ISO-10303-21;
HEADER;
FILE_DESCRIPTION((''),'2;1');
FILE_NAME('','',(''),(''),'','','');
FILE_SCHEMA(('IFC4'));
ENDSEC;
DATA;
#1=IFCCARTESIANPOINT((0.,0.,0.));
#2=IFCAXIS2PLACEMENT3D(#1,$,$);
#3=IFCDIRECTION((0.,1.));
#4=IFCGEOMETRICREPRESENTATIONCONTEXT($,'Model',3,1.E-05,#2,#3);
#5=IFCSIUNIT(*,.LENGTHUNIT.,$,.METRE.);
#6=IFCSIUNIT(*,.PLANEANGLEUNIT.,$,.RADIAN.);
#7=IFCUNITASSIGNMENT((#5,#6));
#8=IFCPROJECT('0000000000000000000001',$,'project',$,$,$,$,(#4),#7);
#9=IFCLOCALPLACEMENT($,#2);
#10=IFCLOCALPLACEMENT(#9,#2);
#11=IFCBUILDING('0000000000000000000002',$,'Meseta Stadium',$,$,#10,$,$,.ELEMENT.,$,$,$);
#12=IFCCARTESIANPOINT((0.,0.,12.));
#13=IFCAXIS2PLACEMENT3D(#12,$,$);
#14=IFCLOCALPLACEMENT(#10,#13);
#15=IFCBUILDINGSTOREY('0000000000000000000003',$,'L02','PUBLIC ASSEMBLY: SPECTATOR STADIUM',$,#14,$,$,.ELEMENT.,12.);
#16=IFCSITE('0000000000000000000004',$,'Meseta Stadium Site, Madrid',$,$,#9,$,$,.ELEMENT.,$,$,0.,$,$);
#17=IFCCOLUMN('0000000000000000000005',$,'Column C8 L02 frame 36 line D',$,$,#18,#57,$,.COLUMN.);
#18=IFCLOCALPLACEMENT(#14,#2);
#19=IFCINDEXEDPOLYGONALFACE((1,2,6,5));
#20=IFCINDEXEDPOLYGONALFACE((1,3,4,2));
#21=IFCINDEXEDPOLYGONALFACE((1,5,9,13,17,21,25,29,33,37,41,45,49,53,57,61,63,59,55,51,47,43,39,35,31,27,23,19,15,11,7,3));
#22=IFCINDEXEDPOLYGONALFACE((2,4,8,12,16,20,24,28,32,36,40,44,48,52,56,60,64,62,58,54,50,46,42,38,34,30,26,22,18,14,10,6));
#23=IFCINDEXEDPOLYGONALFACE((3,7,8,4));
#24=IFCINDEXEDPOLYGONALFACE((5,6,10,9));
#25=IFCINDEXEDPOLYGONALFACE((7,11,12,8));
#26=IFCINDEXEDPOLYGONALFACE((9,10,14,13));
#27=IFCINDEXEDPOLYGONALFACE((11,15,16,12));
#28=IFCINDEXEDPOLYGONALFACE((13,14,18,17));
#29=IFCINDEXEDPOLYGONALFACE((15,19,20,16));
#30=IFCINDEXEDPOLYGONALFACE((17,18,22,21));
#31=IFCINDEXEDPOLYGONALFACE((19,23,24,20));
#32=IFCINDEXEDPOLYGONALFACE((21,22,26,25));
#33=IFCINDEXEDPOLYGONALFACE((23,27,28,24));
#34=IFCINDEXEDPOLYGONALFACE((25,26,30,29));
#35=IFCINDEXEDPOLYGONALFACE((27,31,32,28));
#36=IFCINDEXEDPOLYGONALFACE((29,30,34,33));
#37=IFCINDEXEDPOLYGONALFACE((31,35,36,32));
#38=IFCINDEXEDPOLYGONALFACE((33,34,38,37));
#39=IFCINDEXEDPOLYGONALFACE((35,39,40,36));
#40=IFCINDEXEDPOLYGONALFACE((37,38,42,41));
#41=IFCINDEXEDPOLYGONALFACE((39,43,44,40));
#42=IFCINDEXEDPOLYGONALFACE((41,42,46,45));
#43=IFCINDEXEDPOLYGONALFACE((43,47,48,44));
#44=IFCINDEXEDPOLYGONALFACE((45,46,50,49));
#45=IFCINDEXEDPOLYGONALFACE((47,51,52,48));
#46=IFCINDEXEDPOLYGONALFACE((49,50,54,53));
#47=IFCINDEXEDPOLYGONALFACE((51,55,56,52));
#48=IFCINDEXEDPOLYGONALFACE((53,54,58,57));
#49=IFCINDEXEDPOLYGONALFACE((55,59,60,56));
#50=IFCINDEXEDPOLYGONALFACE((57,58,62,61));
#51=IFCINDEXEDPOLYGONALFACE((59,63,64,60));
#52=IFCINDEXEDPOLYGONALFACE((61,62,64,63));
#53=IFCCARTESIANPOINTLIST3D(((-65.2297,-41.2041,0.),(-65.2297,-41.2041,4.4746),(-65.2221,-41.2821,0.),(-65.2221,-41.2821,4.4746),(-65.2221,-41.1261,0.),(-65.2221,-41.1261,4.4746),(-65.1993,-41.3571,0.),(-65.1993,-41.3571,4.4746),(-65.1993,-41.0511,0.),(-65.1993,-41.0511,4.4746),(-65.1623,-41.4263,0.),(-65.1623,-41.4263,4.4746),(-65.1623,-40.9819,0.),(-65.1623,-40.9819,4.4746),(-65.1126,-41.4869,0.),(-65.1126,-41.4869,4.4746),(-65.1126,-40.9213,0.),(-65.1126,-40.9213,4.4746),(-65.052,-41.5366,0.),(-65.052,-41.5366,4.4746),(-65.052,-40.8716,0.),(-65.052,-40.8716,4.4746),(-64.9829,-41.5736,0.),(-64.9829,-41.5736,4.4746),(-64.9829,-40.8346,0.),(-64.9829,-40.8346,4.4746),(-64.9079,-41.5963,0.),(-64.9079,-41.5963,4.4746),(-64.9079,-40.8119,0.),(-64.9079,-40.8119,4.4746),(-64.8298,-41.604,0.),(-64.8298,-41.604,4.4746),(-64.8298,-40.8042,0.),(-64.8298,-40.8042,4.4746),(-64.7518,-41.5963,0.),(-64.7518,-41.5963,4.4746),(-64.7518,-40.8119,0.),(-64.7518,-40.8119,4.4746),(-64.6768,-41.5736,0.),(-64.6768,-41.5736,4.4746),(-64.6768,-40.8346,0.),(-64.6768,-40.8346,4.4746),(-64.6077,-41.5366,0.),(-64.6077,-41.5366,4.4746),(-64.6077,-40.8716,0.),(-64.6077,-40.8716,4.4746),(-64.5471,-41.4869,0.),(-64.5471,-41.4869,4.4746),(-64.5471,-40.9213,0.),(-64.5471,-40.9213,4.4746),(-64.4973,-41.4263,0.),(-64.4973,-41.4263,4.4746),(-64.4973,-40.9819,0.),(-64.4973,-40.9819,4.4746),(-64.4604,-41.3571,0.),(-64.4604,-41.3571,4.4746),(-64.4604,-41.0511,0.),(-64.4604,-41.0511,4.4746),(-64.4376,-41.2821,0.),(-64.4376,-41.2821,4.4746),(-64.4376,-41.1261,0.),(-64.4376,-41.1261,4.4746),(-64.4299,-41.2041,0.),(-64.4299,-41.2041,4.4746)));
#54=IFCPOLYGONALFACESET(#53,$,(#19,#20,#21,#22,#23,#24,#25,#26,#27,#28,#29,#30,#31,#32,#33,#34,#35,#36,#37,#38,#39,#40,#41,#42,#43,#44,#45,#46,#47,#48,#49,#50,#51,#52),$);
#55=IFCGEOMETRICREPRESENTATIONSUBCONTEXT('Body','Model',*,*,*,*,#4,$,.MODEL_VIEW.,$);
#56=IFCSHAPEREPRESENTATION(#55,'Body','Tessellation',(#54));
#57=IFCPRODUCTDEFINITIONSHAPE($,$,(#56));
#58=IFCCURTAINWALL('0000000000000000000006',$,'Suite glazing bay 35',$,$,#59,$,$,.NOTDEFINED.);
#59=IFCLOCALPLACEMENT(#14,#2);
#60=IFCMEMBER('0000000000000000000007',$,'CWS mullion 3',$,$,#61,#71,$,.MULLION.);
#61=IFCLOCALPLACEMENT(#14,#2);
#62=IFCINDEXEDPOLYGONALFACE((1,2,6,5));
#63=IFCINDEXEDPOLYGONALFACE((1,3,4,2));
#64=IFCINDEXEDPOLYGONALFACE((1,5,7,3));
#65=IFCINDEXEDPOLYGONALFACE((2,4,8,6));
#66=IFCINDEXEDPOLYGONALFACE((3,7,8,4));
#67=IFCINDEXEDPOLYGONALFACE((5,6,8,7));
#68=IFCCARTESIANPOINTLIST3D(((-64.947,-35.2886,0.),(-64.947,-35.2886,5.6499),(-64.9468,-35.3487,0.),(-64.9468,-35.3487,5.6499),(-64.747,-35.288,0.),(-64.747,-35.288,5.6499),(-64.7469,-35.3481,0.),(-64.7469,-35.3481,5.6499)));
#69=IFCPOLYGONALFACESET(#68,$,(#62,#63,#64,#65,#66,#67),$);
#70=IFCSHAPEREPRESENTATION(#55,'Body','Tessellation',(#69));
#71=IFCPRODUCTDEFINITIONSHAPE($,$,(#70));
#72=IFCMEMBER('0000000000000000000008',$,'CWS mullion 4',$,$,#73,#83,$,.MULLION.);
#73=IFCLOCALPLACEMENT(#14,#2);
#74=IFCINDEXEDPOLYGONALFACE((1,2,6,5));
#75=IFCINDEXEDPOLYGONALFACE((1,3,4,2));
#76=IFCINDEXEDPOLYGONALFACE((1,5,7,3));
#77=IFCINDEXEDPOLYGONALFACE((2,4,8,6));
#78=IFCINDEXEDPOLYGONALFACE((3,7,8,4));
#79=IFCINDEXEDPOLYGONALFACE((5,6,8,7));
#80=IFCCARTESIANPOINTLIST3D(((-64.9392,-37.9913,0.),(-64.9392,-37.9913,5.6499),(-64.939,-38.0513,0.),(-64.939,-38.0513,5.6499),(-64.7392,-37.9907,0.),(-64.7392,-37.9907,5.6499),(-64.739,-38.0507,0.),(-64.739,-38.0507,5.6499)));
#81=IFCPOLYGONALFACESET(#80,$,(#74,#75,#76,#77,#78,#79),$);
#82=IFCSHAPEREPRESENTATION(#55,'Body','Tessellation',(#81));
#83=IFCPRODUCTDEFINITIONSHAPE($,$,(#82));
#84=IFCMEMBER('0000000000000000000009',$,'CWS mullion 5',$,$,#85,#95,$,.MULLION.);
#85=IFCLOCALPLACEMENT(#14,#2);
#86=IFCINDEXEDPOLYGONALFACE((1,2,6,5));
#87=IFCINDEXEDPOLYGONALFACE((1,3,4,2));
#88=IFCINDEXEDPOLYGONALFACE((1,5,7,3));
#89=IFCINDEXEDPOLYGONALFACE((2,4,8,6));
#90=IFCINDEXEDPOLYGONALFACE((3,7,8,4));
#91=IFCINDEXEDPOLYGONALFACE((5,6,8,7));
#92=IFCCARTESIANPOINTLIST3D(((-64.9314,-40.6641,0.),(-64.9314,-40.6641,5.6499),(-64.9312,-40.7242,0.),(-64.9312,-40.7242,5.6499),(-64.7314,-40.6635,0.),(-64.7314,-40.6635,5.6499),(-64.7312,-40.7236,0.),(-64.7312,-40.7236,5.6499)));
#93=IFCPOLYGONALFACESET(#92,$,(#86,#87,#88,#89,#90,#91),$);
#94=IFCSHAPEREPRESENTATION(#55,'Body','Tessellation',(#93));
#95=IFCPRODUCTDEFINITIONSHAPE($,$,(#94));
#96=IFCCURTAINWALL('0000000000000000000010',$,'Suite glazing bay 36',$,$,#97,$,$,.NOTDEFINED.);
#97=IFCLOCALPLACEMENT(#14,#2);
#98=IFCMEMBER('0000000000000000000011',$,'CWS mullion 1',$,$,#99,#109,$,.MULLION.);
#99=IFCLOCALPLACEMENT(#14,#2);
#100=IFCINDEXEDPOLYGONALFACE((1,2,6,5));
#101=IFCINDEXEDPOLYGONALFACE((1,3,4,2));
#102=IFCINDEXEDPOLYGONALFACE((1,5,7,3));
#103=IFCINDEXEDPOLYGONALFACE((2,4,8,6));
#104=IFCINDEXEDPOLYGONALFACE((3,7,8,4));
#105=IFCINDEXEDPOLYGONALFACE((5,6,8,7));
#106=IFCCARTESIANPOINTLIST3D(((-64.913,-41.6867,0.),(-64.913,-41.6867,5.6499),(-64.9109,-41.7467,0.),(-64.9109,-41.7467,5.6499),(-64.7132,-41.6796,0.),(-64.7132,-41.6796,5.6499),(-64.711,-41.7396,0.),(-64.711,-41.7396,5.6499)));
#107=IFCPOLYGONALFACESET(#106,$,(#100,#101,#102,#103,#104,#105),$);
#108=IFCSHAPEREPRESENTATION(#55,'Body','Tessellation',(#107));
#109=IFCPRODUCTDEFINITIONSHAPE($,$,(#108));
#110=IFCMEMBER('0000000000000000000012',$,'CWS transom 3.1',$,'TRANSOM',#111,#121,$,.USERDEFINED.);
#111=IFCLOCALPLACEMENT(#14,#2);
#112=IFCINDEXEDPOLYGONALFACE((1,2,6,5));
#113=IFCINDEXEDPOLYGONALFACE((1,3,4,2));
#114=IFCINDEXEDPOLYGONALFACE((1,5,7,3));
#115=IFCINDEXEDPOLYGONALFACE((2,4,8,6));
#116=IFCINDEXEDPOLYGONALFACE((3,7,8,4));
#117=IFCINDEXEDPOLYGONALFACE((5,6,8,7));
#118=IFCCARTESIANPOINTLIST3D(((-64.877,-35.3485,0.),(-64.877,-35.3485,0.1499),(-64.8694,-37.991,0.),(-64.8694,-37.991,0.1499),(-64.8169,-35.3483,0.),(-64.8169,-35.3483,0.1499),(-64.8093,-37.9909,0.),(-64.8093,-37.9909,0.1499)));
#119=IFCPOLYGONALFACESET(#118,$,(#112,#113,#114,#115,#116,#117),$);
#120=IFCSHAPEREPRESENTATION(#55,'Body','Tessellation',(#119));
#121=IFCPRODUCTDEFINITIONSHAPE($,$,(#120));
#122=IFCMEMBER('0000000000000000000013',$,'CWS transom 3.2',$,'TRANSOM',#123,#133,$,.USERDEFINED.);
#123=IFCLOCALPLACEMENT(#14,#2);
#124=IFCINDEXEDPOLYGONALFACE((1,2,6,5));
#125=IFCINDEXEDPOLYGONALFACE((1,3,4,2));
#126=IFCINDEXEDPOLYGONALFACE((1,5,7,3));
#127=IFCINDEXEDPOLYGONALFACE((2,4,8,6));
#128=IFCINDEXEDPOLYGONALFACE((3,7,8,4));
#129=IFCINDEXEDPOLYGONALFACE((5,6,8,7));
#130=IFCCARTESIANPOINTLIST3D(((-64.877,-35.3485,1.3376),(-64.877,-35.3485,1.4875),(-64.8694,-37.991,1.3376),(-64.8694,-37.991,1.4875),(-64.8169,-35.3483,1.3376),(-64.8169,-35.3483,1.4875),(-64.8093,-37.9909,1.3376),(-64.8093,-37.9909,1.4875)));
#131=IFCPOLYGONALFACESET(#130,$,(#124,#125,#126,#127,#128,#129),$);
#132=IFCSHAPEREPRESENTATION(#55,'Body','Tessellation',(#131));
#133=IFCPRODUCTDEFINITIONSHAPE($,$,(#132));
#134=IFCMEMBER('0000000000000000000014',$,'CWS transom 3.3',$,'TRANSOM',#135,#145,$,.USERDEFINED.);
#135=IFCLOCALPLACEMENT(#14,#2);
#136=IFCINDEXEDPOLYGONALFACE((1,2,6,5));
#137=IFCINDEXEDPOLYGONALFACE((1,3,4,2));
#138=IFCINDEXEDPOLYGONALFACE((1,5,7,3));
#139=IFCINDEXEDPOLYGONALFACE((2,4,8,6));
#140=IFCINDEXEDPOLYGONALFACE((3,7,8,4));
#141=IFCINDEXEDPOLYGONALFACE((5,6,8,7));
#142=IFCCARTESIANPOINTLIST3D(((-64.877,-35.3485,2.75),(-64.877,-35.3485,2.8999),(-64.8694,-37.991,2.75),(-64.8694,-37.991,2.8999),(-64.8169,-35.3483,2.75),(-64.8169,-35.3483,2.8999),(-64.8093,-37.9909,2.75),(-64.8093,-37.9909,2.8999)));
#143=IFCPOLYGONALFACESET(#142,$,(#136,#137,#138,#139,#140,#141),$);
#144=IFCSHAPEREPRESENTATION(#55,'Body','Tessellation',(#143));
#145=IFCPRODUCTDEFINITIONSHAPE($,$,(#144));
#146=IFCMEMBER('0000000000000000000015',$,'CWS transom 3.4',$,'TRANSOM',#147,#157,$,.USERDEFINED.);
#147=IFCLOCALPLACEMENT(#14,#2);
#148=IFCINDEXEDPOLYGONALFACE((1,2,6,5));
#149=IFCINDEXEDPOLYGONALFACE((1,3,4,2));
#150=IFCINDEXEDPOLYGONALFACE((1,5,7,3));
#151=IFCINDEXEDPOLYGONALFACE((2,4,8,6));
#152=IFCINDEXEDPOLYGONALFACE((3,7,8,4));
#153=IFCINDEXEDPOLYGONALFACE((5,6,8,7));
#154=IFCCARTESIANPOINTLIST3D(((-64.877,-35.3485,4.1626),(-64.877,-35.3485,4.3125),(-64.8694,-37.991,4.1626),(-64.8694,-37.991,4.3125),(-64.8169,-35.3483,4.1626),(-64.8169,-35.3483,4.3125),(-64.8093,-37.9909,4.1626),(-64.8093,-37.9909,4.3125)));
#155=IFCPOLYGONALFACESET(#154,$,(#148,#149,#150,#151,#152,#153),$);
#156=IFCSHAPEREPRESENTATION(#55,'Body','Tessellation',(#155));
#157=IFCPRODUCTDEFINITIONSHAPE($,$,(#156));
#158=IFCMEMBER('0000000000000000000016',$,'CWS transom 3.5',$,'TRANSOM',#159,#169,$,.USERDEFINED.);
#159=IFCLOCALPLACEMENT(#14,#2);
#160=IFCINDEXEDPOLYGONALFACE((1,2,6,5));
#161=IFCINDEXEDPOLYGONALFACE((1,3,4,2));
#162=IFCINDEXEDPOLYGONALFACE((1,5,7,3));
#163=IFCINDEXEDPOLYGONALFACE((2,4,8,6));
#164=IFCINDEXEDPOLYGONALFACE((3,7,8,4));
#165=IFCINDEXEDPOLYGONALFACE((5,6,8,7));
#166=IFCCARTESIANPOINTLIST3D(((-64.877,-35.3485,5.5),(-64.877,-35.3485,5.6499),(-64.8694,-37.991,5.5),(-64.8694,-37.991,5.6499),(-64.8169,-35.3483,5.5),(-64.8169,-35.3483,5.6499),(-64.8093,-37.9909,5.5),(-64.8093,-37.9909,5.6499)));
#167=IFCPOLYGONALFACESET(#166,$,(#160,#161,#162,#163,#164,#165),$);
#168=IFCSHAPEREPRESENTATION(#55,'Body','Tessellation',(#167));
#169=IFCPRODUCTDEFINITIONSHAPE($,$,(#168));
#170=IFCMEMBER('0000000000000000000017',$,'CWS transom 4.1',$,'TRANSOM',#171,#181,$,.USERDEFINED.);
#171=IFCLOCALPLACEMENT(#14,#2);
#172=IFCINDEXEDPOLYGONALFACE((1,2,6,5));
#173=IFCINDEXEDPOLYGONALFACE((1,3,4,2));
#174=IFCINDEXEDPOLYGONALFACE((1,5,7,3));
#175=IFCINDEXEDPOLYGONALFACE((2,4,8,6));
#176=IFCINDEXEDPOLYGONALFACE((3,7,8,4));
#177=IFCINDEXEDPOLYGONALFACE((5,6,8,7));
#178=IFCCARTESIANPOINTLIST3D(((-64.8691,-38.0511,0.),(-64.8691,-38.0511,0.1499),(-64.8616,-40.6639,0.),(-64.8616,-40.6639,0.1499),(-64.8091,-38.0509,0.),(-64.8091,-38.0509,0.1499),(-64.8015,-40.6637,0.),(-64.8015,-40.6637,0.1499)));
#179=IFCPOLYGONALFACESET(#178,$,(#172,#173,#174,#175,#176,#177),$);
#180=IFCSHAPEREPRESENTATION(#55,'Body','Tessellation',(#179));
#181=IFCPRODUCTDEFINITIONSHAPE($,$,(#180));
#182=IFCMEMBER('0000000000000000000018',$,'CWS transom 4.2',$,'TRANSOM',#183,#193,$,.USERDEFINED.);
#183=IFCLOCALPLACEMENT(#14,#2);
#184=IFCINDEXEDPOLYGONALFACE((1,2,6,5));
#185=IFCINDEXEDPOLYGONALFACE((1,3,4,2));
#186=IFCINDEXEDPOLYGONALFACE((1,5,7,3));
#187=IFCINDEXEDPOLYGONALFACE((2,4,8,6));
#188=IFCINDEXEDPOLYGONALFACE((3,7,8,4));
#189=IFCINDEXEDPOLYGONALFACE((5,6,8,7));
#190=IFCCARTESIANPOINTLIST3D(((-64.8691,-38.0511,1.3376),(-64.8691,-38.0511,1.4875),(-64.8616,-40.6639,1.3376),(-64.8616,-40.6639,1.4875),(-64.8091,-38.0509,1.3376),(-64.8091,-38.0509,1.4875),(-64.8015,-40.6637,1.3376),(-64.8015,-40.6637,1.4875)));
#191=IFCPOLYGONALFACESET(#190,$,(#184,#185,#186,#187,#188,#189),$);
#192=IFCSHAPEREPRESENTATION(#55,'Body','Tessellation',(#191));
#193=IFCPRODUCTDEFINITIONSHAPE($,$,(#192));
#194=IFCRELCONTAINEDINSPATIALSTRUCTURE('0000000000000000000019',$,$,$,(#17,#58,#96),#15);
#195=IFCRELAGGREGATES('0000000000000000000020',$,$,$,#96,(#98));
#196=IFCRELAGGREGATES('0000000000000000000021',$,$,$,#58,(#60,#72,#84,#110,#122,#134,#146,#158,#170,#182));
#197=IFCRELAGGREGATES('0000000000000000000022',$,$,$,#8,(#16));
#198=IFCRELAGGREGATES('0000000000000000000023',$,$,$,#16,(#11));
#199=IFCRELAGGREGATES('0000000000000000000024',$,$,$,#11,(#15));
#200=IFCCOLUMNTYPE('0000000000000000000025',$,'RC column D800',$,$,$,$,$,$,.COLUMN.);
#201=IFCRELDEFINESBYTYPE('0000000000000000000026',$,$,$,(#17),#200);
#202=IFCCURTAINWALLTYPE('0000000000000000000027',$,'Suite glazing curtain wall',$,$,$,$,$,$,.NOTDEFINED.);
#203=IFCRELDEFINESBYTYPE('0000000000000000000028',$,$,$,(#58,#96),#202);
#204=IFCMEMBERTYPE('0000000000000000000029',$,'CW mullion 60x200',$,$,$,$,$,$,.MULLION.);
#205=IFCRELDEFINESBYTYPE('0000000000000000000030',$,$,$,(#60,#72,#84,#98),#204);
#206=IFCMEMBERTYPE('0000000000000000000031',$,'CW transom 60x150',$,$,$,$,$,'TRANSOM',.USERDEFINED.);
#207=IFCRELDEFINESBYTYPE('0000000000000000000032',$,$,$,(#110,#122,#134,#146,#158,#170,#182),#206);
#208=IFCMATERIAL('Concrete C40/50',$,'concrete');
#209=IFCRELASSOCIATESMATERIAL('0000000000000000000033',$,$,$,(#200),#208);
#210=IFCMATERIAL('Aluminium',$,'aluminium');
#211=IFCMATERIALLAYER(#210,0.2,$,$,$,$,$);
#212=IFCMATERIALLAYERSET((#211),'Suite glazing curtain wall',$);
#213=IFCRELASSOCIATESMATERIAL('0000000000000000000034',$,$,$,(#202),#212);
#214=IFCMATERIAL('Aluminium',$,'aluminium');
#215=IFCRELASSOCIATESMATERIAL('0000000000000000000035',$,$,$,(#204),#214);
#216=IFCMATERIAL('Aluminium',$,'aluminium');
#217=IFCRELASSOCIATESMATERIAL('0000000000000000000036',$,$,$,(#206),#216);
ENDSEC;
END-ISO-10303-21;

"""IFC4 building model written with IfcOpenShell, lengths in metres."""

from ifc_helpers import new_model, si_unit, direction, frame, origin, origin_2d, place, context, subcontext, project, spatial, rectangle, circle, extrude, material, layer, layer_set, material_profile, profile_set, type_object, element, aggregate, save


model = new_model("IFC4")

# Units and contexts
model_context = context("Model", 3, precision=1e-05, world=origin(), true_north=direction((0.0, 1.0)))
body_context = subcontext(model_context, "Body", "Model", "MODEL_VIEW")
ifc_project = project(units=[si_unit("LENGTHUNIT", "METRE"), si_unit("PLANEANGLEUNIT", "RADIAN")], contexts=[model_context])

# Site, building, storey
site_placement = place(None, origin())
site = spatial("IfcSite", under=ifc_project, at=site_placement, Name="Meseta Stadium Site, Madrid", CompositionType="ELEMENT", RefElevation=0.0)
building_placement = place(site_placement, origin())
building = spatial("IfcBuilding", under=site, at=building_placement, Name="Meseta Stadium", CompositionType="ELEMENT")
storey_placement = place(building_placement, frame((0.0, 0.0, 12.0)))
storey = spatial("IfcBuildingStorey", under=building, at=storey_placement, Name="L02", Description="PUBLIC ASSEMBLY: SPECTATOR STADIUM", CompositionType="ELEMENT", Elevation=12.0)

# Column
ifc_material_1 = material(Name="Concrete C40/50", Category="concrete")
ifc_material_profile_1 = material_profile(ifc_material_1, circle(Radius=0.3999, at=origin_2d()), Name="RC D800")
ifc_profile_set_1 = profile_set([ifc_material_profile_1], Name="Concrete C40/50")
column_type = type_object("IfcColumnType", Name="RC column D800", PredefinedType="COLUMN", material=ifc_profile_set_1)
column_placement = place(storey_placement, frame((-64.8298, -41.2041, 0.0), z_axis=(0.0, 0.0, 1.0), x_axis=(1.0, 0.0, 0.0)))
element("IfcColumn", 1, at=column_placement, inside=storey, type_object=column_type, Name="Column C8 L02 frame 36 line D", PredefinedType="COLUMN", context=body_context, shape_type="SweptSolid", body=[
    extrude(circle(Radius=0.3999, at=origin_2d()), origin(), (0.0, 0.0, 1.0), 4.4746),
])

# Curtain wall, members
ifc_material_2 = material(Name="Aluminium", Category="aluminium")
ifc_layer_1 = layer(ifc_material_2, 0.2)
ifc_layer_set_1 = layer_set([ifc_layer_1], Name="Suite glazing curtain wall")
curtain_wall_type = type_object("IfcCurtainWallType", Name="Suite glazing curtain wall", PredefinedType="NOTDEFINED", material=ifc_layer_set_1)
curtain_wall_1_placement = place(storey_placement, origin())
curtain_wall_1 = element("IfcCurtainWall", 2, at=curtain_wall_1_placement, inside=storey, type_object=curtain_wall_type, Name="Suite glazing bay 35", PredefinedType="NOTDEFINED")
ifc_material_3 = material(Name="Aluminium", Category="aluminium")
ifc_material_profile_2 = material_profile(ifc_material_3, rectangle(XDim=0.2, YDim=0.0601, at=origin_2d()), Name="CW 200x60")
ifc_profile_set_2 = profile_set([ifc_material_profile_2], Name="Aluminium")
member_type_1 = type_object("IfcMemberType", Name="CW mullion 60x200", PredefinedType="MULLION", material=ifc_profile_set_2)
member_1_placement = place(storey_placement, frame((-64.8469, -35.3184, 0.0), z_axis=(0.0, 0.0, 1.0), x_axis=(0.999996, 0.00291, 0.0)))
member_1 = element("IfcMember", 3, at=member_1_placement, type_object=member_type_1, Name="CWS mullion 3", PredefinedType="MULLION", context=body_context, shape_type="SweptSolid", body=[
    extrude(rectangle(XDim=0.2, YDim=0.0601, at=origin_2d()), origin(), (0.0, 0.0, 1.0), 5.6499),
])
member_2_placement = place(storey_placement, frame((-64.8391, -38.021, 0.0), z_axis=(0.0, 0.0, 1.0), x_axis=(0.999996, 0.00291, 0.0)))
member_2 = element("IfcMember", 4, at=member_2_placement, type_object=member_type_1, Name="CWS mullion 4", PredefinedType="MULLION", context=body_context, shape_type="SweptSolid", body=[
    extrude(rectangle(XDim=0.2, YDim=0.0601, at=origin_2d()), origin(), (0.0, 0.0, 1.0), 5.6499),
])
member_3_placement = place(storey_placement, frame((-64.8313, -40.6938, 0.0), z_axis=(0.0, 0.0, 1.0), x_axis=(0.999996, 0.00291, 0.0)))
member_3 = element("IfcMember", 5, at=member_3_placement, type_object=member_type_1, Name="CWS mullion 5", PredefinedType="MULLION", context=body_context, shape_type="SweptSolid", body=[
    extrude(rectangle(XDim=0.2, YDim=0.0601, at=origin_2d()), origin(), (0.0, 0.0, 1.0), 5.6499),
])

# Curtain wall, member
curtain_wall_2_placement = place(storey_placement, origin())
curtain_wall_2 = element("IfcCurtainWall", 6, at=curtain_wall_2_placement, inside=storey, type_object=curtain_wall_type, Name="Suite glazing bay 36", PredefinedType="NOTDEFINED")
member_4_placement = place(storey_placement, frame((-64.812, -41.7131, 0.0), z_axis=(0.0, 0.0, 1.0), x_axis=(0.999374, 0.035371, 0.0)))
member_4 = element("IfcMember", 7, at=member_4_placement, type_object=member_type_1, Name="CWS mullion 1", PredefinedType="MULLION", context=body_context, shape_type="SweptSolid", body=[
    extrude(rectangle(XDim=0.2, YDim=0.0601, at=origin_2d()), origin(), (0.0, 0.0, 1.0), 5.6499),
])

# Members
ifc_material_4 = material(Name="Aluminium", Category="aluminium")
ifc_material_profile_3 = material_profile(ifc_material_4, rectangle(XDim=0.0601, YDim=0.1499, at=origin_2d()), Name="CW 60x150")
ifc_profile_set_3 = profile_set([ifc_material_profile_3], Name="Aluminium")
member_type_2 = type_object("IfcMemberType", Name="CW transom 60x150", ElementType="TRANSOM", PredefinedType="USERDEFINED", material=ifc_profile_set_3)
member_5_placement = place(storey_placement, frame((-64.8469, -35.3484, 0.075), z_axis=(0.002864, -0.999996, 0.0), x_axis=(0.999996, 0.002864, 0.0)))
member_5 = element("IfcMember", 8, at=member_5_placement, type_object=member_type_2, Name="CWS transom 3.1", ObjectType="TRANSOM", PredefinedType="USERDEFINED", context=body_context, shape_type="SweptSolid", body=[
    extrude(rectangle(XDim=0.0601, YDim=0.1499, at=origin_2d()), origin(), (0.0, 0.0, 1.0), 2.6426),
])
member_6_placement = place(storey_placement, frame((-64.8469, -35.3484, 1.4126), z_axis=(0.002864, -0.999996, 0.0), x_axis=(0.999996, 0.002864, 0.0)))
member_6 = element("IfcMember", 9, at=member_6_placement, type_object=member_type_2, Name="CWS transom 3.2", ObjectType="TRANSOM", PredefinedType="USERDEFINED", context=body_context, shape_type="SweptSolid", body=[
    extrude(rectangle(XDim=0.0601, YDim=0.1499, at=origin_2d()), origin(), (0.0, 0.0, 1.0), 2.6426),
])
member_7_placement = place(storey_placement, frame((-64.8469, -35.3484, 2.825), z_axis=(0.002864, -0.999996, 0.0), x_axis=(0.999996, 0.002864, 0.0)))
member_7 = element("IfcMember", 10, at=member_7_placement, type_object=member_type_2, Name="CWS transom 3.3", ObjectType="TRANSOM", PredefinedType="USERDEFINED", context=body_context, shape_type="SweptSolid", body=[
    extrude(rectangle(XDim=0.0601, YDim=0.1499, at=origin_2d()), origin(), (0.0, 0.0, 1.0), 2.6426),
])
member_8_placement = place(storey_placement, frame((-64.8469, -35.3484, 4.2375), z_axis=(0.002864, -0.999996, 0.0), x_axis=(0.999996, 0.002864, 0.0)))
member_8 = element("IfcMember", 11, at=member_8_placement, type_object=member_type_2, Name="CWS transom 3.4", ObjectType="TRANSOM", PredefinedType="USERDEFINED", context=body_context, shape_type="SweptSolid", body=[
    extrude(rectangle(XDim=0.0601, YDim=0.1499, at=origin_2d()), origin(), (0.0, 0.0, 1.0), 2.6426),
])
member_9_placement = place(storey_placement, frame((-64.8469, -35.3484, 5.575), z_axis=(0.002864, -0.999996, 0.0), x_axis=(0.999996, 0.002864, 0.0)))
member_9 = element("IfcMember", 12, at=member_9_placement, type_object=member_type_2, Name="CWS transom 3.5", ObjectType="TRANSOM", PredefinedType="USERDEFINED", context=body_context, shape_type="SweptSolid", body=[
    extrude(rectangle(XDim=0.0601, YDim=0.1499, at=origin_2d()), origin(), (0.0, 0.0, 1.0), 2.6426),
])
member_10_placement = place(storey_placement, frame((-64.8391, -38.051, 0.075), z_axis=(0.002897, -0.999996, 0.0), x_axis=(0.999996, 0.002897, 0.0)))
member_10 = element("IfcMember", 13, at=member_10_placement, type_object=member_type_2, Name="CWS transom 4.1", ObjectType="TRANSOM", PredefinedType="USERDEFINED", context=body_context, shape_type="SweptSolid", body=[
    extrude(rectangle(XDim=0.0601, YDim=0.1499, at=origin_2d()), origin(), (0.0, 0.0, 1.0), 2.6128),
])
member_11_placement = place(storey_placement, frame((-64.8391, -38.051, 1.4126), z_axis=(0.002897, -0.999996, 0.0), x_axis=(0.999996, 0.002897, 0.0)))
member_11 = element("IfcMember", 14, at=member_11_placement, type_object=member_type_2, Name="CWS transom 4.2", ObjectType="TRANSOM", PredefinedType="USERDEFINED", context=body_context, shape_type="SweptSolid", body=[
    extrude(rectangle(XDim=0.0601, YDim=0.1499, at=origin_2d()), origin(), (0.0, 0.0, 1.0), 2.6128),
])
aggregate(curtain_wall_2, [member_4])

aggregate(curtain_wall_1, [member_1, member_2, member_3, member_5, member_6, member_7, member_8, member_9, member_10, member_11])

save(model, "model.ifc")
